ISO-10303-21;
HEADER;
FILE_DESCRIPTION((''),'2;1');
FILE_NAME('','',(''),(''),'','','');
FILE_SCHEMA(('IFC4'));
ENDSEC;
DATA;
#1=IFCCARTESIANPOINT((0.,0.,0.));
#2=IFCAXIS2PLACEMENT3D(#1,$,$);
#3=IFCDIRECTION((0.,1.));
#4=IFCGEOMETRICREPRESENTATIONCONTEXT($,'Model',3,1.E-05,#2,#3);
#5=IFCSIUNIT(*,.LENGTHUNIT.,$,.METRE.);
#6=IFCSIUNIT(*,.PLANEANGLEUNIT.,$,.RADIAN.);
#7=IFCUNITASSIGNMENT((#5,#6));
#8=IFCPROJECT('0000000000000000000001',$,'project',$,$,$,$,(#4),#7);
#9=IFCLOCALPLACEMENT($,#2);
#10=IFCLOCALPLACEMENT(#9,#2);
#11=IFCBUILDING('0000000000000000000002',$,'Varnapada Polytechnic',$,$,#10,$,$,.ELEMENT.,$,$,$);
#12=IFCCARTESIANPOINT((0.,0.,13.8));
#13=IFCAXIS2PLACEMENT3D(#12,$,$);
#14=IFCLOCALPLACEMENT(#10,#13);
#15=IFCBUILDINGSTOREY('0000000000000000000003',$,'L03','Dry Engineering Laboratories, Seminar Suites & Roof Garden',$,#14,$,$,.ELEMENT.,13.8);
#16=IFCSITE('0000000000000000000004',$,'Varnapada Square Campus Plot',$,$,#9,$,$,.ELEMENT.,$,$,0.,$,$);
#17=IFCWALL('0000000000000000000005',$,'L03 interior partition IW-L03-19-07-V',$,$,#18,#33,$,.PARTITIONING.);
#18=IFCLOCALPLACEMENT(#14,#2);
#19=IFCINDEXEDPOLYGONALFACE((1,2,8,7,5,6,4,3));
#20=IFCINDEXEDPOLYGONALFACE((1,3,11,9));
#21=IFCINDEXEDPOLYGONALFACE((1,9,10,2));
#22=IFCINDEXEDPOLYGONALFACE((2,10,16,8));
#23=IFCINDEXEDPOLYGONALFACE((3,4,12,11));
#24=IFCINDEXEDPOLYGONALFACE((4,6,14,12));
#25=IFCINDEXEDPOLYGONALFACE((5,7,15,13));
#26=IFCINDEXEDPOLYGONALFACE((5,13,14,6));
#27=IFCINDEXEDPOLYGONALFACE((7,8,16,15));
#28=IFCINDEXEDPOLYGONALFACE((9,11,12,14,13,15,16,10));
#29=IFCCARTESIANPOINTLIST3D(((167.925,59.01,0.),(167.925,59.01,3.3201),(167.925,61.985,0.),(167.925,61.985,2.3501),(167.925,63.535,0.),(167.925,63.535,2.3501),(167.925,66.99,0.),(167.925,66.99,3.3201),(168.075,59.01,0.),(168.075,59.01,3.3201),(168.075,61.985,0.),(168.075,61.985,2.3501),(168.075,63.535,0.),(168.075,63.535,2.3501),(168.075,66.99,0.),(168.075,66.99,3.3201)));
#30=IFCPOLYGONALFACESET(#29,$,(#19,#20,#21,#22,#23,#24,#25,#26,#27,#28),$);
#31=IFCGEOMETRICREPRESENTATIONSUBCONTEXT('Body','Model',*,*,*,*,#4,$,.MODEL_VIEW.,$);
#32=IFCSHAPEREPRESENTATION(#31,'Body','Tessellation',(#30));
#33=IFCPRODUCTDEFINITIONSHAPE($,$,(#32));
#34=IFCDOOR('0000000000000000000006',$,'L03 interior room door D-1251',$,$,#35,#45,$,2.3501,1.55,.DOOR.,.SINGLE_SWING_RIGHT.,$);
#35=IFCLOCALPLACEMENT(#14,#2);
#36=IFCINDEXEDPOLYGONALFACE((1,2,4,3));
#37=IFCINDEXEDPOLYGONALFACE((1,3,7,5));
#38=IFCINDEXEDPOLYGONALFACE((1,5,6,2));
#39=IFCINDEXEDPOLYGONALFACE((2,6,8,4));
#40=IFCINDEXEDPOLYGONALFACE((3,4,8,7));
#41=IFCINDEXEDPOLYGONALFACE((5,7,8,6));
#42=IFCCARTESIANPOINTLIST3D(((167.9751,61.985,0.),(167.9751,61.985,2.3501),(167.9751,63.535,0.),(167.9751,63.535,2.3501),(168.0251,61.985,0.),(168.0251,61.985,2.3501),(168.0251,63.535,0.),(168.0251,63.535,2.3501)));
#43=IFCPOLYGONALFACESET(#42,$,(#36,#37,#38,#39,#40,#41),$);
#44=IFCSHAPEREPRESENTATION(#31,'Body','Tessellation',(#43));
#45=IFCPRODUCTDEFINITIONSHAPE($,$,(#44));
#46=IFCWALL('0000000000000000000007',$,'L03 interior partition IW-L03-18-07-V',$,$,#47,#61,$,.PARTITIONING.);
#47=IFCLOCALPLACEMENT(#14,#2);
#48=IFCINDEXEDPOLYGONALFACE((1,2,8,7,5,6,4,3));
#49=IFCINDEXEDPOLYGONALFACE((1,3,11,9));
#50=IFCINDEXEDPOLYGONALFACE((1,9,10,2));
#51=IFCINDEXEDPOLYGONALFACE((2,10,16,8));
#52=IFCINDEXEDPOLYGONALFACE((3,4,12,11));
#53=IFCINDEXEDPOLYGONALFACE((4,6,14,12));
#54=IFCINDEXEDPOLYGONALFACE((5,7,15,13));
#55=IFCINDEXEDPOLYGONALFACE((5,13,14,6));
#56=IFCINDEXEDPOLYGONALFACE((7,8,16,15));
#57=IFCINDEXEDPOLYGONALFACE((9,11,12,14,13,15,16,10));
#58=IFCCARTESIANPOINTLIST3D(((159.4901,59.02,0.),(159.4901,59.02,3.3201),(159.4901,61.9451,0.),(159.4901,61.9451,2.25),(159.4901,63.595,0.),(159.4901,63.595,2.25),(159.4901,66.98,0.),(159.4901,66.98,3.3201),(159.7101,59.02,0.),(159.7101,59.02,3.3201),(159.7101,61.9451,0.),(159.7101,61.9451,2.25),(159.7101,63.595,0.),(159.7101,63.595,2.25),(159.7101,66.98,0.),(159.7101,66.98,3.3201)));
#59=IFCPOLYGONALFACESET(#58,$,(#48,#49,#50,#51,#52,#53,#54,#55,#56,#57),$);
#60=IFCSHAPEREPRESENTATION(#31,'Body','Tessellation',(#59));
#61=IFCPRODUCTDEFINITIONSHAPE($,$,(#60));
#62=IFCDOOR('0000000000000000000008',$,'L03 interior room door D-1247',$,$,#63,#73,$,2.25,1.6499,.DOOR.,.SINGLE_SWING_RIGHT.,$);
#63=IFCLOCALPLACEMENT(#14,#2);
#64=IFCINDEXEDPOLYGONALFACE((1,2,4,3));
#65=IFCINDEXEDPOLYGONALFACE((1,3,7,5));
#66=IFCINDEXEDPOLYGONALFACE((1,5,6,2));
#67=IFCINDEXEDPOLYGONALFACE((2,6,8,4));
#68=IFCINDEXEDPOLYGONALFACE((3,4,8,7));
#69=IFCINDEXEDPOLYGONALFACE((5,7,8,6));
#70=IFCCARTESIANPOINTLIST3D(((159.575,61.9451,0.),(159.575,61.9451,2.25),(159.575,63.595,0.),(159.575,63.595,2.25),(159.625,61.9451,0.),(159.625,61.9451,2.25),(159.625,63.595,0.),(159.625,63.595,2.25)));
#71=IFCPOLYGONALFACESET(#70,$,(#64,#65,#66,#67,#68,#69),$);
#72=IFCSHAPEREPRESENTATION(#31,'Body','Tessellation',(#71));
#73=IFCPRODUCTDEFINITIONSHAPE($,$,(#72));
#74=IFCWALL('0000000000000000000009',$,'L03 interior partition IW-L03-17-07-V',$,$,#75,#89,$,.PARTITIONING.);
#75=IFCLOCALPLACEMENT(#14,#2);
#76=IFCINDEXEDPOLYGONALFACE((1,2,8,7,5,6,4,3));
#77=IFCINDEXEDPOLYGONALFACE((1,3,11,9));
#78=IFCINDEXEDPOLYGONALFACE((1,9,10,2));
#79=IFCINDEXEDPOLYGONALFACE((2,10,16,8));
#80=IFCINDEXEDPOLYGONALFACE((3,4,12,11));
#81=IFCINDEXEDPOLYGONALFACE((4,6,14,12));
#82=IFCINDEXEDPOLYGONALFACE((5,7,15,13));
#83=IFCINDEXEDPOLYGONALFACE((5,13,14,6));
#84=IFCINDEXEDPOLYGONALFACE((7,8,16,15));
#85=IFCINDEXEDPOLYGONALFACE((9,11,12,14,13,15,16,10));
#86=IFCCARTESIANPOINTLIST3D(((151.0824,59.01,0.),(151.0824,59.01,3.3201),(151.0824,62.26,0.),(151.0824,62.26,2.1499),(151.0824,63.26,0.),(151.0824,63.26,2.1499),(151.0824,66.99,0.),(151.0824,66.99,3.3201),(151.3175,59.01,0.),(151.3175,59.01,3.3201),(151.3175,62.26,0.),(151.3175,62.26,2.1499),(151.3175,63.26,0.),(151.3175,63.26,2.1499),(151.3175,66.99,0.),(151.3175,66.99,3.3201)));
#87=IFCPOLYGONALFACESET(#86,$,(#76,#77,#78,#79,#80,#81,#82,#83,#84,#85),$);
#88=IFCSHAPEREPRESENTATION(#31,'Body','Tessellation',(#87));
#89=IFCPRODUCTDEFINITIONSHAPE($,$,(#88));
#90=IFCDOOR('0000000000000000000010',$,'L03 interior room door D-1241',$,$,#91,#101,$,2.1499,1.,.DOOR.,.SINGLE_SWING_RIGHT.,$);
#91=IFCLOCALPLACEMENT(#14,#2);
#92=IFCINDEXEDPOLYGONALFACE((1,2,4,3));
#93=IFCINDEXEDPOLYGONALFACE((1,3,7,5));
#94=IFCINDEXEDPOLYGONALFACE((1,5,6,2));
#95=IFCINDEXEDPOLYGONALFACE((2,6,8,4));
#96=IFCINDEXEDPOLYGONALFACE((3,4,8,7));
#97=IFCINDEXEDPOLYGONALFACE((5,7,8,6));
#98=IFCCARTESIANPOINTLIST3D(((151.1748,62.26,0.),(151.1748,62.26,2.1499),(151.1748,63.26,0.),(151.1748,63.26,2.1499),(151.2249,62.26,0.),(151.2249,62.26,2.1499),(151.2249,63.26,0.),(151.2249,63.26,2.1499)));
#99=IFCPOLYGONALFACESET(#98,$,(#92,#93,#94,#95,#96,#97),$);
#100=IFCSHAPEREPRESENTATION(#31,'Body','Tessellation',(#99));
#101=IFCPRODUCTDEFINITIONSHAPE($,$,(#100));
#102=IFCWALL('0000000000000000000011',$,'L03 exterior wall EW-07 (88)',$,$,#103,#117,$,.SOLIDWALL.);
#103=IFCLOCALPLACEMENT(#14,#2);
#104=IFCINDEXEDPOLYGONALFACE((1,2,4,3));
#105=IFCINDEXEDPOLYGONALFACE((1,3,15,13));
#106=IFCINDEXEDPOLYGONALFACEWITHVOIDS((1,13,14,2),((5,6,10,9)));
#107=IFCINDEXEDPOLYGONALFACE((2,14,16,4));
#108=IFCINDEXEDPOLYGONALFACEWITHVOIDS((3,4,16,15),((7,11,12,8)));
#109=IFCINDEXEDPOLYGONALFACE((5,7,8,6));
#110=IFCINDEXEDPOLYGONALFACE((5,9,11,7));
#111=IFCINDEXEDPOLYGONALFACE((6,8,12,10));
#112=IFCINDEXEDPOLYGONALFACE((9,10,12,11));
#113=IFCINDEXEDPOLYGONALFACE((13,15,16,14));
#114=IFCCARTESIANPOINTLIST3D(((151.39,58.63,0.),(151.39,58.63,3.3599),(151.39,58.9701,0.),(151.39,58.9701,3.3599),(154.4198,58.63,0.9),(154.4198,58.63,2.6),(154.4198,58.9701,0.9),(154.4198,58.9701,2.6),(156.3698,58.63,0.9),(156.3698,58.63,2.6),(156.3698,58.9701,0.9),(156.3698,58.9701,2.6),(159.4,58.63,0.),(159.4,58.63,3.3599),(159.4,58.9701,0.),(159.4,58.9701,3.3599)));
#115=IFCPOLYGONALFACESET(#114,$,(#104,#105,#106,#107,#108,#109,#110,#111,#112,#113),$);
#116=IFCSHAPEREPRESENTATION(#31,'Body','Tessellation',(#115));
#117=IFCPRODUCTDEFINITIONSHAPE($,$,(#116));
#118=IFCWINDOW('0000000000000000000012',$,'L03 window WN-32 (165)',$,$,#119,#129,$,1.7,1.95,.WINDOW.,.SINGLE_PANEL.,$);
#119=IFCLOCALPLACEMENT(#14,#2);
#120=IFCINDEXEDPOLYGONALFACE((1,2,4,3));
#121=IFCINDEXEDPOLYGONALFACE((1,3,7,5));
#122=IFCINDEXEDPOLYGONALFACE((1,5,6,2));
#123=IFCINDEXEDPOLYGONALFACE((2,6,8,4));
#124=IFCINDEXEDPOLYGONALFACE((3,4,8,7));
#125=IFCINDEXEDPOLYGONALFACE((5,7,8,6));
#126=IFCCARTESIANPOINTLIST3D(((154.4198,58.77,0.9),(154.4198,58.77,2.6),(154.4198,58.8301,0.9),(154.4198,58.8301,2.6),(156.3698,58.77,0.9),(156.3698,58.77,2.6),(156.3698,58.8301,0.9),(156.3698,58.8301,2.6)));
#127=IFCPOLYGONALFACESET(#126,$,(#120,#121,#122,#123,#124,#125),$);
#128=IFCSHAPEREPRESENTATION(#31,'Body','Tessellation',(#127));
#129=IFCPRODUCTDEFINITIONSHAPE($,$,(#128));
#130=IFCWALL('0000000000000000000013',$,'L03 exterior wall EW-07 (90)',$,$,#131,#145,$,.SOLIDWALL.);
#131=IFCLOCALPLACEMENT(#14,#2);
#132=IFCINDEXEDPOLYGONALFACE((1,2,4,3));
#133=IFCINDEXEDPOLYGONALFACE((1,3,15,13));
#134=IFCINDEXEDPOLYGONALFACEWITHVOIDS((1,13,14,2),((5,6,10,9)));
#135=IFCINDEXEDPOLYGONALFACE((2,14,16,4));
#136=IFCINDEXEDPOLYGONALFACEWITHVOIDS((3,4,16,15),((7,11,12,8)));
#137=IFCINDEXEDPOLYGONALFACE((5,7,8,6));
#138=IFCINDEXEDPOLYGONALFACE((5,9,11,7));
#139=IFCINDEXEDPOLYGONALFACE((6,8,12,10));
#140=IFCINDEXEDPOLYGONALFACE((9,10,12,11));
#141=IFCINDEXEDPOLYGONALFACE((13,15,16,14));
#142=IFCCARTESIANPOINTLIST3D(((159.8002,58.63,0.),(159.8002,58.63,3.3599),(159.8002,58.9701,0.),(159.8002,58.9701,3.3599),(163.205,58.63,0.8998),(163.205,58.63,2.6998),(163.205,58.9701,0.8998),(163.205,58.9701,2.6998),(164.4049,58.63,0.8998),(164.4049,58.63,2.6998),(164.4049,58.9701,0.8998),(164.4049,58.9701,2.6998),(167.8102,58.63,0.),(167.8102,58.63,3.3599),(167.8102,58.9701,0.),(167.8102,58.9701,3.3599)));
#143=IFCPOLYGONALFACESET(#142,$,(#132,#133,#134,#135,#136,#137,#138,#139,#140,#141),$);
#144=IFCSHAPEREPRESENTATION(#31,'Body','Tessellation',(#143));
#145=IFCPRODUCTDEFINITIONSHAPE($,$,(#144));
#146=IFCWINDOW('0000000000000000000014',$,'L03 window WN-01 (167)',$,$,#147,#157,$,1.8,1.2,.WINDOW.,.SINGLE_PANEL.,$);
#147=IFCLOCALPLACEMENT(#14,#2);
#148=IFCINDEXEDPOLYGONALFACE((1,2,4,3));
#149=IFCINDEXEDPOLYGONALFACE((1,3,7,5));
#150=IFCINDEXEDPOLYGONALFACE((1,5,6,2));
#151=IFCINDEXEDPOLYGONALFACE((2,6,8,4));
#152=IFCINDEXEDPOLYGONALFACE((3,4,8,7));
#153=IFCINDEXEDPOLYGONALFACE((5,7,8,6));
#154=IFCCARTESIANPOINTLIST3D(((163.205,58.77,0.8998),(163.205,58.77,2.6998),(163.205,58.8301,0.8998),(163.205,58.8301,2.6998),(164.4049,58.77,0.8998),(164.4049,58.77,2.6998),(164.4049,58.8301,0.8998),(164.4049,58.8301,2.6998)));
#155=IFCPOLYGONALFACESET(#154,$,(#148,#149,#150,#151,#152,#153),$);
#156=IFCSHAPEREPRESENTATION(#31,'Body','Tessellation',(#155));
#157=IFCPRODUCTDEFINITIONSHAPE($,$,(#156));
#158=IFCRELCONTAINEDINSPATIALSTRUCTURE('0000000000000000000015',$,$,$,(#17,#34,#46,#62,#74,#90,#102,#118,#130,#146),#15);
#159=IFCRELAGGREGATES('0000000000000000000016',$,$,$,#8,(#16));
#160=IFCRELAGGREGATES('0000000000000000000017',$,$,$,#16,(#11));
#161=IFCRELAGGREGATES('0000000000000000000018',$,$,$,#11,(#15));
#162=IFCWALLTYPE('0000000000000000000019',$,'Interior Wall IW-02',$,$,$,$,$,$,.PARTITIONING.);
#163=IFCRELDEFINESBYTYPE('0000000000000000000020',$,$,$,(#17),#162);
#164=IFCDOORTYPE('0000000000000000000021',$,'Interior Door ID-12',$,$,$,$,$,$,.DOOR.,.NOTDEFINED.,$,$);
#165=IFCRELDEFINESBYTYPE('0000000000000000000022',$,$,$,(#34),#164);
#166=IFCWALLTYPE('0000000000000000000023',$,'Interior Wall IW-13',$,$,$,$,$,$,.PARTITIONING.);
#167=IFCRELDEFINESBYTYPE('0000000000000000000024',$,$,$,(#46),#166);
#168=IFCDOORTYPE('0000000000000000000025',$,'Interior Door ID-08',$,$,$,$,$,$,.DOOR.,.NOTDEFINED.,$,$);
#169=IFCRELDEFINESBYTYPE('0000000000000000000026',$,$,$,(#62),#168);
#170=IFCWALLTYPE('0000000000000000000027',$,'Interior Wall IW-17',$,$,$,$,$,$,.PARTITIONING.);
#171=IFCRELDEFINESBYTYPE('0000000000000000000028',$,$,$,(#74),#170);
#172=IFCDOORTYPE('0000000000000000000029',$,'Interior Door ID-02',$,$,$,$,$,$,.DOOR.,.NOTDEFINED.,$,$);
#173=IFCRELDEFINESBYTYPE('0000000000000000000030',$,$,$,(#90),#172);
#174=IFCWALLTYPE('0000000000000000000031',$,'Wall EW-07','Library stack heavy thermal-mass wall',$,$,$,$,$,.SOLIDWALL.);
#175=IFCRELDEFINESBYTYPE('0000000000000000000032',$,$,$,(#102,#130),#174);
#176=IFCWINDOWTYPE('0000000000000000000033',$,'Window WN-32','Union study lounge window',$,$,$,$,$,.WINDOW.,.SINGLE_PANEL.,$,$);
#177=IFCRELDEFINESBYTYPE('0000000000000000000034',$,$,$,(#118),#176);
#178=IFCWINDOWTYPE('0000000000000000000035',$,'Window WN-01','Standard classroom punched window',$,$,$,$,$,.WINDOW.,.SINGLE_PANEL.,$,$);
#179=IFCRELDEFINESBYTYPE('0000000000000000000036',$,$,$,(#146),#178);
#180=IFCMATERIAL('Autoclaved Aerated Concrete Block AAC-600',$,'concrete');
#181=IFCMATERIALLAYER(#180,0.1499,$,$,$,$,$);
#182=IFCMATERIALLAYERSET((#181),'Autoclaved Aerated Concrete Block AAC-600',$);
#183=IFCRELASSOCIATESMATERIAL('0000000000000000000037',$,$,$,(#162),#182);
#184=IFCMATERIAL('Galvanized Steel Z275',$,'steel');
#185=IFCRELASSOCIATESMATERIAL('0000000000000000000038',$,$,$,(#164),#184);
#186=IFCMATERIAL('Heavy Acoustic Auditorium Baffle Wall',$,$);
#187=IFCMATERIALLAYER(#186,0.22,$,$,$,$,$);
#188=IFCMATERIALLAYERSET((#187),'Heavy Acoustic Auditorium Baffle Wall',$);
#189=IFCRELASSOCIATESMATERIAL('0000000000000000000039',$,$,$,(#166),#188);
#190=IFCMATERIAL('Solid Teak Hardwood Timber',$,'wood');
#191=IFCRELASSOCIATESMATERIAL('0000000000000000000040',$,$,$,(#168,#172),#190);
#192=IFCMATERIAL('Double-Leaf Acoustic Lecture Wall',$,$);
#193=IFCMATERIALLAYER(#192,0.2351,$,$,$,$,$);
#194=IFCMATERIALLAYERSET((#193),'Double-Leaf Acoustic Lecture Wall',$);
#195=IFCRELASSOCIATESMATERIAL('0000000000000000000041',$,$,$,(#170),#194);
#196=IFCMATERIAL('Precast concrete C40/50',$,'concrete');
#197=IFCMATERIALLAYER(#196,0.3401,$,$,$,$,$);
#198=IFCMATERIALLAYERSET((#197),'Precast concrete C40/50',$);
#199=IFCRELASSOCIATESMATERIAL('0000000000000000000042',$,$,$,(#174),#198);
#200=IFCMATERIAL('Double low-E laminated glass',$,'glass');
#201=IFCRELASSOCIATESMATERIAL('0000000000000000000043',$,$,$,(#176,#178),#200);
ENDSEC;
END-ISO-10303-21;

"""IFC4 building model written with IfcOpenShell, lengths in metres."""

from ifc_helpers import new_model, si_unit, direction, frame, frame_2d, origin, place, context, subcontext, project, spatial, rectangle, extrude, material, layer, layer_set, type_object, element, fill, save


model = new_model("IFC4")

# Units and contexts
model_context = context("Model", 3, precision=1e-05, world=origin(), true_north=direction((0.0, 1.0)))
body_context = subcontext(model_context, "Body", "Model", "MODEL_VIEW")
ifc_project = project(units=[si_unit("LENGTHUNIT", "METRE"), si_unit("PLANEANGLEUNIT", "RADIAN")], contexts=[model_context])

# Site, building, storey
site_placement = place(None, origin())
site = spatial("IfcSite", under=ifc_project, at=site_placement, Name="Varnapada Square Campus Plot", CompositionType="ELEMENT", RefElevation=0.0)
building_placement = place(site_placement, origin())
building = spatial("IfcBuilding", under=site, at=building_placement, Name="Varnapada Polytechnic", CompositionType="ELEMENT")
storey_placement = place(building_placement, frame((0.0, 0.0, 13.8)))
storey = spatial("IfcBuildingStorey", under=building, at=storey_placement, Name="L03", Description="Dry Engineering Laboratories, Seminar Suites & Roof Garden", CompositionType="ELEMENT", Elevation=13.8)

# Walls, openings, doors
ifc_material_1 = material(Name="Autoclaved Aerated Concrete Block AAC-600", Category="concrete")
ifc_layer_1 = layer(ifc_material_1, 0.1499)
ifc_layer_set_1 = layer_set([ifc_layer_1], Name="Autoclaved Aerated Concrete Block AAC-600")
wall_type_1 = type_object("IfcWallType", Name="Interior Wall IW-02", PredefinedType="PARTITIONING", material=ifc_layer_set_1)
wall_1_placement = place(storey_placement, frame((168.0, 59.01, 0.0), z_axis=(0.0, 0.0, 1.0), x_axis=(0.0, 1.0, 0.0)))
wall_1 = element("IfcWall", 1, at=wall_1_placement, inside=storey, type_object=wall_type_1, Name="L03 interior partition IW-L03-19-07-V", PredefinedType="PARTITIONING", context=body_context, shape_type="SweptSolid", body=[
    extrude(rectangle(XDim=7.98, YDim=0.1499, at=frame_2d((3.99, 0.0))), origin(), (0.0, 0.0, 1.0), 3.3201),
])
opening_1_placement = place(wall_1_placement, frame((2.9751, 0.0, 0.0)))
opening_1 = element("IfcOpeningElement", 2, at=opening_1_placement, cuts=wall_1, PredefinedType="OPENING", context=body_context, shape_type="SweptSolid", body=[
    extrude(rectangle(XDim=1.55, YDim=2.3501, at=frame_2d((0.7749, 1.175))), frame((0.0, 0.085, 0.0), z_axis=(0.0, -1.0, 0.0), x_axis=(1.0, 0.0, 0.0)), (0.0, 0.0, 1.0), 0.1699),
])
ifc_material_2 = material(Name="Galvanized Steel Z275", Category="steel")
door_type_1 = type_object("IfcDoorType", Name="Interior Door ID-12", OperationType="NOTDEFINED", PredefinedType="DOOR", material=ifc_material_2)
door_1_placement = place(opening_1_placement, origin())
door_1 = element("IfcDoor", 3, at=door_1_placement, inside=storey, type_object=door_type_1, Name="L03 interior room door D-1251", OperationType="SINGLE_SWING_RIGHT", OverallHeight=2.3501, OverallWidth=1.55, PredefinedType="DOOR", context=body_context, shape_type="SweptSolid", body=[
    extrude(rectangle(XDim=1.55, YDim=2.3501, at=frame_2d((0.7749, 1.175))), frame((0.0, 0.0249, 0.0), z_axis=(0.0, -1.0, 0.0), x_axis=(1.0, 0.0, 0.0)), (0.0, 0.0, 1.0), 0.05),
])
fill(opening_1, door_1)
ifc_material_3 = material(Name="Heavy Acoustic Auditorium Baffle Wall")
ifc_layer_2 = layer(ifc_material_3, 0.22)
ifc_layer_set_2 = layer_set([ifc_layer_2], Name="Heavy Acoustic Auditorium Baffle Wall")
wall_type_2 = type_object("IfcWallType", Name="Interior Wall IW-13", PredefinedType="PARTITIONING", material=ifc_layer_set_2)
wall_2_placement = place(storey_placement, frame((159.6001, 59.02, 0.0), z_axis=(0.0, 0.0, 1.0), x_axis=(0.0, 1.0, 0.0)))
wall_2 = element("IfcWall", 4, at=wall_2_placement, inside=storey, type_object=wall_type_2, Name="L03 interior partition IW-L03-18-07-V", PredefinedType="PARTITIONING", context=body_context, shape_type="SweptSolid", body=[
    extrude(rectangle(XDim=7.96, YDim=0.22, at=frame_2d((3.98, 0.0))), origin(), (0.0, 0.0, 1.0), 3.3201),
])
opening_2_placement = place(wall_2_placement, frame((2.925, 0.0, 0.0)))
opening_2 = element("IfcOpeningElement", 5, at=opening_2_placement, cuts=wall_2, PredefinedType="OPENING", context=body_context, shape_type="SweptSolid", body=[
    extrude(rectangle(XDim=1.6499, YDim=2.25, at=frame_2d((0.825, 1.125))), frame((0.0, 0.1199, 0.0), z_axis=(0.0, -1.0, 0.0), x_axis=(1.0, 0.0, 0.0)), (0.0, 0.0, 1.0), 0.24),
])
ifc_material_4 = material(Name="Solid Teak Hardwood Timber", Category="wood")
door_type_2 = type_object("IfcDoorType", Name="Interior Door ID-08", OperationType="NOTDEFINED", PredefinedType="DOOR", material=ifc_material_4)
door_2_placement = place(opening_2_placement, frame((1.6499, 0.0, 0.0), z_axis=(0.0, 0.0, 1.0), x_axis=(-1.0, 0.0, 0.0)))
door_2 = element("IfcDoor", 6, at=door_2_placement, inside=storey, type_object=door_type_2, Name="L03 interior room door D-1247", OperationType="SINGLE_SWING_RIGHT", OverallHeight=2.25, OverallWidth=1.6499, PredefinedType="DOOR", context=body_context, shape_type="SweptSolid", body=[
    extrude(rectangle(XDim=1.6499, YDim=2.25, at=frame_2d((0.825, 1.125))), frame((0.0, 0.0249, 0.0), z_axis=(0.0, -1.0, 0.0), x_axis=(1.0, 0.0, 0.0)), (0.0, 0.0, 1.0), 0.05),
])
fill(opening_2, door_2)
ifc_material_5 = material(Name="Double-Leaf Acoustic Lecture Wall")
ifc_layer_3 = layer(ifc_material_5, 0.2351)
ifc_layer_set_3 = layer_set([ifc_layer_3], Name="Double-Leaf Acoustic Lecture Wall")
wall_type_3 = type_object("IfcWallType", Name="Interior Wall IW-17", PredefinedType="PARTITIONING", material=ifc_layer_set_3)
wall_3_placement = place(storey_placement, frame((151.2, 59.01, 0.0), z_axis=(0.0, 0.0, 1.0), x_axis=(0.0, 1.0, 0.0)))
wall_3 = element("IfcWall", 7, at=wall_3_placement, inside=storey, type_object=wall_type_3, Name="L03 interior partition IW-L03-17-07-V", PredefinedType="PARTITIONING", context=body_context, shape_type="SweptSolid", body=[
    extrude(rectangle(XDim=7.98, YDim=0.2351, at=frame_2d((3.99, 0.0))), origin(), (0.0, 0.0, 1.0), 3.3201),
])
opening_3_placement = place(wall_3_placement, frame((3.25, 0.0, 0.0)))
opening_3 = element("IfcOpeningElement", 8, at=opening_3_placement, cuts=wall_3, PredefinedType="OPENING", context=body_context, shape_type="SweptSolid", body=[
    extrude(rectangle(XDim=1.0, YDim=2.1499, at=frame_2d((0.5, 1.075))), frame((0.0, 0.1274, 0.0), z_axis=(0.0, -1.0, 0.0), x_axis=(1.0, 0.0, 0.0)), (0.0, 0.0, 1.0), 0.2551),
])
door_type_3 = type_object("IfcDoorType", Name="Interior Door ID-02", OperationType="NOTDEFINED", PredefinedType="DOOR", material=ifc_material_4)
door_3_placement = place(opening_3_placement, frame((1.0, 0.0, 0.0), z_axis=(0.0, 0.0, 1.0), x_axis=(-1.0, 0.0, 0.0)))
door_3 = element("IfcDoor", 9, at=door_3_placement, inside=storey, type_object=door_type_3, Name="L03 interior room door D-1241", OperationType="SINGLE_SWING_RIGHT", OverallHeight=2.1499, OverallWidth=1.0, PredefinedType="DOOR", context=body_context, shape_type="SweptSolid", body=[
    extrude(rectangle(XDim=1.0, YDim=2.1499, at=frame_2d((0.5, 1.075))), frame((0.0, 0.0249, 0.0), z_axis=(0.0, -1.0, 0.0), x_axis=(1.0, 0.0, 0.0)), (0.0, 0.0, 1.0), 0.05),
])
fill(opening_3, door_3)

# Walls, openings, windows
ifc_material_6 = material(Name="Precast concrete C40/50", Category="concrete")
ifc_layer_4 = layer(ifc_material_6, 0.3401)
ifc_layer_set_4 = layer_set([ifc_layer_4], Name="Precast concrete C40/50")
wall_type_4 = type_object("IfcWallType", Name="Wall EW-07", Description="Library stack heavy thermal-mass wall", PredefinedType="SOLIDWALL", material=ifc_layer_set_4)
wall_4_placement = place(storey_placement, frame((159.3999, 58.8, 0.0), z_axis=(0.0, 0.0, 1.0), x_axis=(-1.0, 0.0, 0.0)))
wall_4 = element("IfcWall", 10, at=wall_4_placement, inside=storey, type_object=wall_type_4, Name="L03 exterior wall EW-07 (88)", PredefinedType="SOLIDWALL", context=body_context, shape_type="SweptSolid", body=[
    extrude(rectangle(XDim=8.01, YDim=0.3401, at=frame_2d((4.0049, 0.0))), origin(), (0.0, 0.0, 1.0), 3.3599),
])
opening_4_placement = place(wall_4_placement, frame((3.03, 0.0, 0.8999)))
opening_4 = element("IfcOpeningElement", 11, at=opening_4_placement, cuts=wall_4, PredefinedType="OPENING", context=body_context, shape_type="SweptSolid", body=[
    extrude(rectangle(XDim=1.95, YDim=1.7, at=frame_2d((0.9751, 0.8501))), frame((0.0, 0.1799, 0.0), z_axis=(0.0, -1.0, 0.0), x_axis=(1.0, 0.0, 0.0)), (0.0, 0.0, 1.0), 0.3601),
])
ifc_material_7 = material(Name="Double low-E laminated glass", Category="glass")
window_type_1 = type_object("IfcWindowType", Name="Window WN-32", Description="Union study lounge window", PartitioningType="SINGLE_PANEL", PredefinedType="WINDOW", material=ifc_material_7)
window_1_placement = place(opening_4_placement, origin())
window_1 = element("IfcWindow", 12, at=window_1_placement, inside=storey, type_object=window_type_1, Name="L03 window WN-32 (165)", OverallHeight=1.7, OverallWidth=1.95, PartitioningType="SINGLE_PANEL", PredefinedType="WINDOW", context=body_context, shape_type="SweptSolid", body=[
    extrude(rectangle(XDim=1.95, YDim=1.7, at=frame_2d((0.9751, 0.8501))), frame((0.0, 0.03, 0.0), z_axis=(0.0, -1.0, 0.0), x_axis=(1.0, 0.0, 0.0)), (0.0, 0.0, 1.0), 0.0601),
])
fill(opening_4, window_1)
wall_5_placement = place(storey_placement, frame((167.8101, 58.8, 0.0), z_axis=(0.0, 0.0, 1.0), x_axis=(-1.0, 0.0, 0.0)))
wall_5 = element("IfcWall", 13, at=wall_5_placement, inside=storey, type_object=wall_type_4, Name="L03 exterior wall EW-07 (90)", PredefinedType="SOLIDWALL", context=body_context, shape_type="SweptSolid", body=[
    extrude(rectangle(XDim=8.01, YDim=0.3401, at=frame_2d((4.0049, 0.0))), origin(), (0.0, 0.0, 1.0), 3.3599),
])
opening_5_placement = place(wall_5_placement, frame((3.405, 0.0, 0.8999)))
opening_5 = element("IfcOpeningElement", 14, at=opening_5_placement, cuts=wall_5, PredefinedType="OPENING", context=body_context, shape_type="SweptSolid", body=[
    extrude(rectangle(XDim=1.2, YDim=1.8, at=frame_2d((0.6001, 0.8999))), frame((0.0, 0.1799, 0.0), z_axis=(0.0, -1.0, 0.0), x_axis=(1.0, 0.0, 0.0)), (0.0, 0.0, 1.0), 0.3601),
])
window_type_2 = type_object("IfcWindowType", Name="Window WN-01", Description="Standard classroom punched window", PartitioningType="SINGLE_PANEL", PredefinedType="WINDOW", material=ifc_material_7)
window_2_placement = place(opening_5_placement, origin())
window_2 = element("IfcWindow", 15, at=window_2_placement, inside=storey, type_object=window_type_2, Name="L03 window WN-01 (167)", OverallHeight=1.8, OverallWidth=1.2, PartitioningType="SINGLE_PANEL", PredefinedType="WINDOW", context=body_context, shape_type="SweptSolid", body=[
    extrude(rectangle(XDim=1.2, YDim=1.8, at=frame_2d((0.6001, 0.8999))), frame((0.0, 0.03, 0.0), z_axis=(0.0, -1.0, 0.0), x_axis=(1.0, 0.0, 0.0)), (0.0, 0.0, 1.0), 0.0601),
])
fill(opening_5, window_2)

save(model, "model.ifc")
